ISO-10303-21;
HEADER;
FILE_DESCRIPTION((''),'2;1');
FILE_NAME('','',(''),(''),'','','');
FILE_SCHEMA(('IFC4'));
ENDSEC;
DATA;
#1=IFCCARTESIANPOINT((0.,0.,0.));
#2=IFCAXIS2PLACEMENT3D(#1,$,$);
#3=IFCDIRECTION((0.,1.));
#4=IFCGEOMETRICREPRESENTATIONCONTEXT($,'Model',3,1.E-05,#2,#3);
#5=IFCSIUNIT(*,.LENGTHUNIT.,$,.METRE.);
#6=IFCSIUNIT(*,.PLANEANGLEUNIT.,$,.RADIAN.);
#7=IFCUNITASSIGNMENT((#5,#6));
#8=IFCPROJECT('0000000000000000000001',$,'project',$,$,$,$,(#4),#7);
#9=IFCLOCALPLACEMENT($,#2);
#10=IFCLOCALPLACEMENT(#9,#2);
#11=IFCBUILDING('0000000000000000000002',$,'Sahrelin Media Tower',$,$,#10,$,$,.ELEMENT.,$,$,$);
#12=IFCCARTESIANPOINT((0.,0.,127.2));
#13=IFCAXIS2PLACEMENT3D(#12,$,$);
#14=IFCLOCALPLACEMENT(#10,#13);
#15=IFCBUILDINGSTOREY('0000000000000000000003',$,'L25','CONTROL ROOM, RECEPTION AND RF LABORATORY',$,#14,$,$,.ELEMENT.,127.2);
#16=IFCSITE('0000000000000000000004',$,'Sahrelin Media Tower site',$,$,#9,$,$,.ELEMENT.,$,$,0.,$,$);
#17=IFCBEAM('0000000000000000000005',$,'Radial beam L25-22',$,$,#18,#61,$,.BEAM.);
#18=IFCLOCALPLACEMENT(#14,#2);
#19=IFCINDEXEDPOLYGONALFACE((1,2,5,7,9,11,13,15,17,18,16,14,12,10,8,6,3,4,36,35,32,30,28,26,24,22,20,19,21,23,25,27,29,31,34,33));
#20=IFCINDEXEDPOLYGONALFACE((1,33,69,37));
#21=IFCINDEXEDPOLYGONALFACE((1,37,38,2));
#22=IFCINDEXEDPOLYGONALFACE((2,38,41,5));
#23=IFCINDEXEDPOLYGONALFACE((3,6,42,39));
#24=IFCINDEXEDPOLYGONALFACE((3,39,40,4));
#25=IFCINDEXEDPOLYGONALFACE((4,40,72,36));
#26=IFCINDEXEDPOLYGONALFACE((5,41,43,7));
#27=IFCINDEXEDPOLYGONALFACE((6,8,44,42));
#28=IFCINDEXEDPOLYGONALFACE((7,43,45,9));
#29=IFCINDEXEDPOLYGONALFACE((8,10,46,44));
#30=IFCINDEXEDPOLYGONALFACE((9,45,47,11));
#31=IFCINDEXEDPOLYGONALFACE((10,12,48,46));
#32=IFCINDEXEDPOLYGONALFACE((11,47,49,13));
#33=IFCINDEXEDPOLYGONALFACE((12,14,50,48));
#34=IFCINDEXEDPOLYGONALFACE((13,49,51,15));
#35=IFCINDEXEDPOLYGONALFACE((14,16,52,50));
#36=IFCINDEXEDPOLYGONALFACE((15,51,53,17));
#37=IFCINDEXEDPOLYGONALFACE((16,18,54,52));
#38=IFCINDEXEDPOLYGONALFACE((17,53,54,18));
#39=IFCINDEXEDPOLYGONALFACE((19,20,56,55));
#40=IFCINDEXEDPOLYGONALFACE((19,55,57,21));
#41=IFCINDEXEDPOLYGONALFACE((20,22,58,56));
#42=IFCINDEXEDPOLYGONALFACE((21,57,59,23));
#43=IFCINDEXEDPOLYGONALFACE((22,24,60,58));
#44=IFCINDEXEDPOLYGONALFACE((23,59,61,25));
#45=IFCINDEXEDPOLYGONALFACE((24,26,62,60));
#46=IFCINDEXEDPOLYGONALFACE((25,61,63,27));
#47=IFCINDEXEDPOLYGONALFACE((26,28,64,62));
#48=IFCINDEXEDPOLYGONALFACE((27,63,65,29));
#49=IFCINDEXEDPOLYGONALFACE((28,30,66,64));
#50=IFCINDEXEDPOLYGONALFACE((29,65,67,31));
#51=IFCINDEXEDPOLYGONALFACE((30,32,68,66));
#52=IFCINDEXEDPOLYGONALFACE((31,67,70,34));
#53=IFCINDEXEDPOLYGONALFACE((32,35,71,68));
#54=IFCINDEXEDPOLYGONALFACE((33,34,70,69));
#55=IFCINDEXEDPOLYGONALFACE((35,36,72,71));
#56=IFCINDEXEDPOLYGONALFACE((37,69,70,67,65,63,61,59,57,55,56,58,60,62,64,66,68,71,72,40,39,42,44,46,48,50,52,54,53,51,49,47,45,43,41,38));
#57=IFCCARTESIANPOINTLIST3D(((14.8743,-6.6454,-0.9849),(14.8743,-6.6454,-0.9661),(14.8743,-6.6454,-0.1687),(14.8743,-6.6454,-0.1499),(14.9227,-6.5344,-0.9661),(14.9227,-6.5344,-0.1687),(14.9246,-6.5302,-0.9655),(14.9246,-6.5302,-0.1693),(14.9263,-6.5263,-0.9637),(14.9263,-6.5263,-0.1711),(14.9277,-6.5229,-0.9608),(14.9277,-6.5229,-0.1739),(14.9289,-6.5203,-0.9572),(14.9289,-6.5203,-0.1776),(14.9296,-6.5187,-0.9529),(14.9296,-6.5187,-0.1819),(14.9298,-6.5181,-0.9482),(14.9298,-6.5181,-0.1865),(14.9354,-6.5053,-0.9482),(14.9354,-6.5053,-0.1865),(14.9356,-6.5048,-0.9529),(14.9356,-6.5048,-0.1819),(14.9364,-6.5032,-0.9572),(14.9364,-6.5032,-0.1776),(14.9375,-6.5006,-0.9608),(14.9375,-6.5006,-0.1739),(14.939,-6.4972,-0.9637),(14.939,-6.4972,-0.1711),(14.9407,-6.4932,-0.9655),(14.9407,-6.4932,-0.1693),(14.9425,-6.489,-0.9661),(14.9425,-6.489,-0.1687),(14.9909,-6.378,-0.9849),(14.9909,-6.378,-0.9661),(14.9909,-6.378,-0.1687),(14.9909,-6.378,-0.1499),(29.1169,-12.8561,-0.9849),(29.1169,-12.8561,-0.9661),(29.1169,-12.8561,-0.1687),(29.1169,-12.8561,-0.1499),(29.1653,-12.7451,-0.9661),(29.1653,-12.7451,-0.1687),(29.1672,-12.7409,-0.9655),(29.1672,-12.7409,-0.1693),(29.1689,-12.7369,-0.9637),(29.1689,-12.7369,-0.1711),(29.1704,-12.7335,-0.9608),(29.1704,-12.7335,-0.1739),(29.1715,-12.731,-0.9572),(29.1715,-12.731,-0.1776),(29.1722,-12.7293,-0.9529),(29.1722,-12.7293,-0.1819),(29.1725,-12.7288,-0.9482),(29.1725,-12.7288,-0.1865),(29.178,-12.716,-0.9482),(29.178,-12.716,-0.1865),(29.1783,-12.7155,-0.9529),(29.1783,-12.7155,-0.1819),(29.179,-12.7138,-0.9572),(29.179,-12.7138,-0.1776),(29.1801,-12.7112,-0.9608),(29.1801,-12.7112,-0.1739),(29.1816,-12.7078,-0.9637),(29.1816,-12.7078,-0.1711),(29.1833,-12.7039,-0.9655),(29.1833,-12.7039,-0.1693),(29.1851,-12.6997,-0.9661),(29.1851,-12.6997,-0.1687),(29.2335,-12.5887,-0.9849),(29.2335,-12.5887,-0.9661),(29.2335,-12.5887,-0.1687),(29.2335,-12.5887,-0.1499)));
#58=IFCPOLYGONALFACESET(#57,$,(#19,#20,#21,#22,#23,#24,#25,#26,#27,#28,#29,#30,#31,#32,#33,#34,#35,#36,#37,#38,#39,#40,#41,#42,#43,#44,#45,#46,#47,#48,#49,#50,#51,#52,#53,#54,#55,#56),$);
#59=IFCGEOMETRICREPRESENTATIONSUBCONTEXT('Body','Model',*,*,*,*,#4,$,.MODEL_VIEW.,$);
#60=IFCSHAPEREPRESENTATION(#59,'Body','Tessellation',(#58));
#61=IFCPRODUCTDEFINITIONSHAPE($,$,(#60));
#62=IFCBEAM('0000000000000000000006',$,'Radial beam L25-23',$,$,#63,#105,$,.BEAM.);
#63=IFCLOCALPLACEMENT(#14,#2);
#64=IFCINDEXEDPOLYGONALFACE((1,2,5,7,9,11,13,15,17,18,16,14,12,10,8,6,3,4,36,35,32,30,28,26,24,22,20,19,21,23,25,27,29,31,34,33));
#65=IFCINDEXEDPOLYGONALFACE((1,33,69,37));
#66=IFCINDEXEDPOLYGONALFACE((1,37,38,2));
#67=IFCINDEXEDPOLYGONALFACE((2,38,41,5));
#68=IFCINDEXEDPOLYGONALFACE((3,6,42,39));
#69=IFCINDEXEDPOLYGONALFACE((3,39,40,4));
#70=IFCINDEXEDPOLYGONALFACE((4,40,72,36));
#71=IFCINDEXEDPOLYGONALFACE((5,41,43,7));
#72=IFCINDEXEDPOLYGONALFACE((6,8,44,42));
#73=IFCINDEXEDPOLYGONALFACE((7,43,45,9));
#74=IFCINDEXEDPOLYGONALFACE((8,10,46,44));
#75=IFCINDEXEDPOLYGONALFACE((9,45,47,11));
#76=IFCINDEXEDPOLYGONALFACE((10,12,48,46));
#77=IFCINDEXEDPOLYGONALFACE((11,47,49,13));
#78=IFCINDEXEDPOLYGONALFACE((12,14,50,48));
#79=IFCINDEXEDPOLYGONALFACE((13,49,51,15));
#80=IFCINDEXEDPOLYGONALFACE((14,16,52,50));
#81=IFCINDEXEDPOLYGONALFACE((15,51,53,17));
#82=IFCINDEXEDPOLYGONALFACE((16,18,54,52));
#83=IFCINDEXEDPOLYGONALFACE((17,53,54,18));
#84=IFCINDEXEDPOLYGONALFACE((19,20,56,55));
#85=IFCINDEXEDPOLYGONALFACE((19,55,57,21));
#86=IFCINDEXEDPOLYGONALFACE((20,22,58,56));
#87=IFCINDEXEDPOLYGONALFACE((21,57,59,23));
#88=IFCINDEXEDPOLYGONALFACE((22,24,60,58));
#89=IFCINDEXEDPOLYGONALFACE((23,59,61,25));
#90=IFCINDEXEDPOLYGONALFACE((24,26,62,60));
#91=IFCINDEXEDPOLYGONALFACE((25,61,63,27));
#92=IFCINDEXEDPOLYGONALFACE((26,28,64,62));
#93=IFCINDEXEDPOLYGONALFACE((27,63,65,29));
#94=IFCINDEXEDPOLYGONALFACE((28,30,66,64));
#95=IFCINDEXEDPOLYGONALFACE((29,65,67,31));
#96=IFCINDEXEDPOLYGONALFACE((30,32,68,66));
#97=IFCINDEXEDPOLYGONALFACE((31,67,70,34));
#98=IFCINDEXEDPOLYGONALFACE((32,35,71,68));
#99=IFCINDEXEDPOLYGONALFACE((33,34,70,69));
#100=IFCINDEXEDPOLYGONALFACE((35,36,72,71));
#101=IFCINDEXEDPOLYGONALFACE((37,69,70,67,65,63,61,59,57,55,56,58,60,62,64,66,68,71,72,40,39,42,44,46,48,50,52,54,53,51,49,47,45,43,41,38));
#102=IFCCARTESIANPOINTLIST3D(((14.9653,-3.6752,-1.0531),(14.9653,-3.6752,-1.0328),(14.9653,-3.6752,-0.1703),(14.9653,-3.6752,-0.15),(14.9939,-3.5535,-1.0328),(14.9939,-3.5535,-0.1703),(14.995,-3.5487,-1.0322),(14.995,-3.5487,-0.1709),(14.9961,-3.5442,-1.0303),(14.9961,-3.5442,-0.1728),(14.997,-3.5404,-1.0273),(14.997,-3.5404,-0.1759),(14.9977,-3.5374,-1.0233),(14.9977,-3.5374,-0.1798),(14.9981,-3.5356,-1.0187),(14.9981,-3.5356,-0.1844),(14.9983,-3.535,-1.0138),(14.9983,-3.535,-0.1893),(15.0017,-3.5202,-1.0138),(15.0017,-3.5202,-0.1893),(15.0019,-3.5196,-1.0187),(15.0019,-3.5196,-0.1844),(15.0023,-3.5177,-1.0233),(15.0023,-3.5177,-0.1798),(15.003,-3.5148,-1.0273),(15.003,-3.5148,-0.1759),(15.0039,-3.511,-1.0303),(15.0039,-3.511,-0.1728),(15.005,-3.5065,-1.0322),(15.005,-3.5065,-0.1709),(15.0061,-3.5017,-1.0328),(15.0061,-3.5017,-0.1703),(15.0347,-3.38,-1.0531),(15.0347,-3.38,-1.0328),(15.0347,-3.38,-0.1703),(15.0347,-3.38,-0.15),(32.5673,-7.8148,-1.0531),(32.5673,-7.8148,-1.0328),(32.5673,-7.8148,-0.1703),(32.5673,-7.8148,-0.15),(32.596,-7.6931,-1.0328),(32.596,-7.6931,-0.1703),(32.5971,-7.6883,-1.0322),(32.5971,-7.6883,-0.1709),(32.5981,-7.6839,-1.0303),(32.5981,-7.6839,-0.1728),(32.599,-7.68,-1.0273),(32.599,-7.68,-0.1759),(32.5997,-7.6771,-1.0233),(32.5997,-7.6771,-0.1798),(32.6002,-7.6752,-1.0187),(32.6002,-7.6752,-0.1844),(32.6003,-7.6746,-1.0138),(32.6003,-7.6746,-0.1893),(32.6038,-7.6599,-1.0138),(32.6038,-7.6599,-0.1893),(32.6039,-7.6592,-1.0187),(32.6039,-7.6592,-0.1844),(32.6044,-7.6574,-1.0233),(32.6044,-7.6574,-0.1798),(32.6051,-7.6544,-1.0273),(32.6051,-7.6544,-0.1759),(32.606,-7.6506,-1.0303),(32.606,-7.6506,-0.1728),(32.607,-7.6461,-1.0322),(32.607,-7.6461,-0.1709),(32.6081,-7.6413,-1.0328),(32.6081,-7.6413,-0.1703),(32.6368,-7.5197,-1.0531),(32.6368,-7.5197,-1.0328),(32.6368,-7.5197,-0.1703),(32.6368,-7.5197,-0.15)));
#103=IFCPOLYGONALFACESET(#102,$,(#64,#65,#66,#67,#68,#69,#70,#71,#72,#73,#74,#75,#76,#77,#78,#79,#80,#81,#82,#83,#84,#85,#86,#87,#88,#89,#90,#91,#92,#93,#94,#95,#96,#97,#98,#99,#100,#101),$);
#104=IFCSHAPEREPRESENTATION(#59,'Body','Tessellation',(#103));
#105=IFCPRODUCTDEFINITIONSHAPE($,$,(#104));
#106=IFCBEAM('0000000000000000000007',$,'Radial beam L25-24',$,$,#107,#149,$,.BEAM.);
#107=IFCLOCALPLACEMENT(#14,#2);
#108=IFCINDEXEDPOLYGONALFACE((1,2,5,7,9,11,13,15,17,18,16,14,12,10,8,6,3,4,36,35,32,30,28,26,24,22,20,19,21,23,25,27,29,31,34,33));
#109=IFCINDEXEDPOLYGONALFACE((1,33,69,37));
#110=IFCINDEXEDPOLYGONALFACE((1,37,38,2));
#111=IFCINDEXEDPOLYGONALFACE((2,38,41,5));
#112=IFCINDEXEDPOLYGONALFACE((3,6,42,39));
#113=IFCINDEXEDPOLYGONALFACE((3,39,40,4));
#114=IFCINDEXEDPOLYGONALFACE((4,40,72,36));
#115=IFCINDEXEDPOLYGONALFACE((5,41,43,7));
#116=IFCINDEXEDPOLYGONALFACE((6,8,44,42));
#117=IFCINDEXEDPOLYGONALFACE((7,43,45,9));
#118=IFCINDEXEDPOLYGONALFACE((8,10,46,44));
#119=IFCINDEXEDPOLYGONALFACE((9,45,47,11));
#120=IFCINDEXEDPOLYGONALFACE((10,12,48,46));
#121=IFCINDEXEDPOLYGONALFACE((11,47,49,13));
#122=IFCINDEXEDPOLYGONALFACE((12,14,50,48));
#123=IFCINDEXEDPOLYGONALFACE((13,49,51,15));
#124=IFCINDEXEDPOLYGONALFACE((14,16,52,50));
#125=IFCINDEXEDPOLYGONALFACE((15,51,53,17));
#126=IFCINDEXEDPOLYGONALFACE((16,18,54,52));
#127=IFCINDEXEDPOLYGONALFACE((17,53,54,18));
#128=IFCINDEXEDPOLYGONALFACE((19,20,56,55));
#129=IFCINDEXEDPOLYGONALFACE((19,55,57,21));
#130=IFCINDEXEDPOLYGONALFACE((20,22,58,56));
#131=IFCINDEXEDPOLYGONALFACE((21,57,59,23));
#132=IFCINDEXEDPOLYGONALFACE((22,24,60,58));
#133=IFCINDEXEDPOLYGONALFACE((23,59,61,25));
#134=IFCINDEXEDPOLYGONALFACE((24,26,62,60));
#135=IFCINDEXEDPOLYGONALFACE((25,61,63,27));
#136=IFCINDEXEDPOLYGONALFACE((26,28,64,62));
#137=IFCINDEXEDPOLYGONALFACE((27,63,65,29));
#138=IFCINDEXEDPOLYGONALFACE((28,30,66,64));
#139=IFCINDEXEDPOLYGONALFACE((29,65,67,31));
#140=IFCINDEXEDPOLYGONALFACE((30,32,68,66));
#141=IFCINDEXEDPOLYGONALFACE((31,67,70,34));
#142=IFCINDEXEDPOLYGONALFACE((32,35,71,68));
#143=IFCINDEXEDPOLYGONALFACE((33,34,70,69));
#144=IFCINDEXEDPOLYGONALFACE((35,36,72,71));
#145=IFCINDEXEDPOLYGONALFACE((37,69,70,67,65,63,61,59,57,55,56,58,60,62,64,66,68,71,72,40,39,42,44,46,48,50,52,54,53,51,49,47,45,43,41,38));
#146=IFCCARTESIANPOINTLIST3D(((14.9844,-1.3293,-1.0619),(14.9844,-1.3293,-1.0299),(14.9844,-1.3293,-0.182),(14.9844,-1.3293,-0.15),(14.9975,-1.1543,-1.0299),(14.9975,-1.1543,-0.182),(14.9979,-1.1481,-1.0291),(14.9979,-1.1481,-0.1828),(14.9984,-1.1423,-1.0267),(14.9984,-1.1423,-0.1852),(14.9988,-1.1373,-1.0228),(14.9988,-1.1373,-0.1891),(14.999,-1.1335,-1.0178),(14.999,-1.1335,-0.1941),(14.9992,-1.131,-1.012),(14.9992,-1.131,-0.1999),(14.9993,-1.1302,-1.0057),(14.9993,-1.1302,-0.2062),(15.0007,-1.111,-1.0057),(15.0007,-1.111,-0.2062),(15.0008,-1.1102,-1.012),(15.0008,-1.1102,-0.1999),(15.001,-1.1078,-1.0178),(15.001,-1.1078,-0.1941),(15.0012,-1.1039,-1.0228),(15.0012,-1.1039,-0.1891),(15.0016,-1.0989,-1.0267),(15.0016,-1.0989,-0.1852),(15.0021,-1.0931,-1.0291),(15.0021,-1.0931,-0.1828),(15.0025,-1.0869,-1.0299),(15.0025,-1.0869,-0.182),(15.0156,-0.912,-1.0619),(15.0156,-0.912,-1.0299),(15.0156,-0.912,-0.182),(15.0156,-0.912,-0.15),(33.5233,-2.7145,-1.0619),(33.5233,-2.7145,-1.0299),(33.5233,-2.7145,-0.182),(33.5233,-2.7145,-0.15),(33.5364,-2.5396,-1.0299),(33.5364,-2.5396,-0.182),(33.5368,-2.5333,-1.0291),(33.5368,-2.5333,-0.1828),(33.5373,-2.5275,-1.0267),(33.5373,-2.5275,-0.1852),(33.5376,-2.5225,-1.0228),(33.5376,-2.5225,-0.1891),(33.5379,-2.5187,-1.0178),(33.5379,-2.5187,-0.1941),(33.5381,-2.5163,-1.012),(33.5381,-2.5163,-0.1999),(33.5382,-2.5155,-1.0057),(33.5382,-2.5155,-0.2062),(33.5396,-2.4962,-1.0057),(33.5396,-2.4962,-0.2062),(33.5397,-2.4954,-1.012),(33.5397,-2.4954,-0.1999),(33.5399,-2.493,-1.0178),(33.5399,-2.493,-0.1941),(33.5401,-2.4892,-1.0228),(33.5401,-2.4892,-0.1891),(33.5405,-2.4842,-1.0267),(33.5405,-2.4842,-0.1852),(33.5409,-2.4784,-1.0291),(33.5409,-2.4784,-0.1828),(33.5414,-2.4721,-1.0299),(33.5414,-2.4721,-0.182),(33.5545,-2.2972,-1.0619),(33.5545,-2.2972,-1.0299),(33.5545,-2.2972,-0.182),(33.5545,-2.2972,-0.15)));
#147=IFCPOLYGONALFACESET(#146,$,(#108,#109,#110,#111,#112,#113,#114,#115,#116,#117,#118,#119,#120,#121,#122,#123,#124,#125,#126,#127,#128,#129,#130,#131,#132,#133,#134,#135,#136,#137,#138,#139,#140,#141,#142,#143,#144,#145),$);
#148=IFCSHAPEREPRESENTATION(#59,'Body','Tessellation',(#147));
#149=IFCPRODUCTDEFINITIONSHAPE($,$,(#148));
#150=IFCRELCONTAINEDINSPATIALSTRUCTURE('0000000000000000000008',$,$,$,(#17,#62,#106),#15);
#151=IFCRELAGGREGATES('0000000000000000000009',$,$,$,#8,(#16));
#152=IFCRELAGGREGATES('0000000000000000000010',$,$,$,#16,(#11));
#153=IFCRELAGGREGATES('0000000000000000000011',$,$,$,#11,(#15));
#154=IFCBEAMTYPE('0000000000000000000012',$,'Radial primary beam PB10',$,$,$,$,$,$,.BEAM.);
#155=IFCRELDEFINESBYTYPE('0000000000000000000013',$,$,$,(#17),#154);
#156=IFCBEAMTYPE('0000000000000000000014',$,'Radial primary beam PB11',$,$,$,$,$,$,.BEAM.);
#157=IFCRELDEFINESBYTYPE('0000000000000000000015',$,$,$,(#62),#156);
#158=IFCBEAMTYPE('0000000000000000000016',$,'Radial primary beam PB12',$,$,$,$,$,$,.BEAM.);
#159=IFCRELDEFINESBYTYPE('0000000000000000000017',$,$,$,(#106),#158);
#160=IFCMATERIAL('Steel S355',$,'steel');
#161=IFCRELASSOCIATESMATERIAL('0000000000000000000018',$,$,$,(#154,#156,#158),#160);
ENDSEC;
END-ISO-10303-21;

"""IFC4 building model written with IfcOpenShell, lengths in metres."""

from ifc_helpers import new_model, si_unit, direction, frame, origin, origin_2d, place, context, subcontext, project, spatial, i_section, extrude, material, material_profile, profile_set, type_object, element, save


model = new_model("IFC4")

# Units and contexts
model_context = context("Model", 3, precision=1e-05, world=origin(), true_north=direction((0.0, 1.0)))
body_context = subcontext(model_context, "Body", "Model", "MODEL_VIEW")
ifc_project = project(units=[si_unit("LENGTHUNIT", "METRE"), si_unit("PLANEANGLEUNIT", "RADIAN")], contexts=[model_context])

# Site, building, storey
site_placement = place(None, origin())
site = spatial("IfcSite", under=ifc_project, at=site_placement, Name="Sahrelin Media Tower site", CompositionType="ELEMENT", RefElevation=0.0)
building_placement = place(site_placement, origin())
building = spatial("IfcBuilding", under=site, at=building_placement, Name="Sahrelin Media Tower", CompositionType="ELEMENT")
storey_placement = place(building_placement, frame((0.0, 0.0, 127.2)))
storey = spatial("IfcBuildingStorey", under=building, at=storey_placement, Name="L25", Description="CONTROL ROOM, RECEPTION AND RF LABORATORY", CompositionType="ELEMENT", Elevation=127.2)

# Beams
ifc_material_1 = material(Name="Steel S355", Category="steel")
ifc_material_profile_1 = material_profile(ifc_material_1, i_section(OverallWidth=0.2917, OverallDepth=0.835, WebThickness=0.0139, FlangeThickness=0.0188, FilletRadius=0.0178, at=origin_2d()), Name="UB 838x292x176")
ifc_profile_set_1 = profile_set([ifc_material_profile_1], Name="Steel S355")
beam_type_1 = type_object("IfcBeamType", Name="Radial primary beam PB10", PredefinedType="BEAM", material=ifc_profile_set_1)
beam_1_placement = place(storey_placement, frame((14.9326, -6.5117, -0.5674), z_axis=(0.916641, -0.399712, 0.0), x_axis=(0.399712, 0.916641, 0.0)))
element("IfcBeam", 1, at=beam_1_placement, inside=storey, type_object=beam_type_1, Name="Radial beam L25-22", PredefinedType="BEAM", context=body_context, shape_type="SweptSolid", body=[
    extrude(i_section(OverallWidth=0.2917, OverallDepth=0.835, WebThickness=0.0139, FlangeThickness=0.0188, FilletRadius=0.0178, at=origin_2d()), origin(), (0.0, 0.0, 1.0), 15.5378),
])
ifc_material_profile_2 = material_profile(ifc_material_1, i_section(OverallWidth=0.3032, OverallDepth=0.9031, WebThickness=0.0151, FlangeThickness=0.0203, FilletRadius=0.019, at=origin_2d()), Name="UB 914x305x201")
ifc_profile_set_2 = profile_set([ifc_material_profile_2], Name="Steel S355")
beam_type_2 = type_object("IfcBeamType", Name="Radial primary beam PB11", PredefinedType="BEAM", material=ifc_profile_set_2)
beam_2_placement = place(storey_placement, frame((15.0, -3.5276, -0.6016), z_axis=(0.973442, -0.228934, 0.0), x_axis=(0.228934, 0.973442, 0.0)))
element("IfcBeam", 2, at=beam_2_placement, inside=storey, type_object=beam_type_2, Name="Radial beam L25-23", PredefinedType="BEAM", context=body_context, shape_type="SweptSolid", body=[
    extrude(i_section(OverallWidth=0.3032, OverallDepth=0.9031, WebThickness=0.0151, FlangeThickness=0.0203, FilletRadius=0.019, at=origin_2d()), origin(), (0.0, 0.0, 1.0), 18.0823),
])
ifc_material_profile_3 = material_profile(ifc_material_1, i_section(OverallWidth=0.4185, OverallDepth=0.9119, WebThickness=0.0193, FlangeThickness=0.032, FilletRadius=0.0242, at=origin_2d()), Name="UB 914x419x343")
ifc_profile_set_3 = profile_set([ifc_material_profile_3], Name="Steel S355")
beam_type_3 = type_object("IfcBeamType", Name="Radial primary beam PB12", PredefinedType="BEAM", material=ifc_profile_set_3)
beam_3_placement = place(storey_placement, frame((15.0, -1.1206, -0.606), z_axis=(0.99722, -0.074514, 0.0), x_axis=(0.074514, 0.99722, 0.0)))
element("IfcBeam", 3, at=beam_3_placement, inside=storey, type_object=beam_type_3, Name="Radial beam L25-24", PredefinedType="BEAM", context=body_context, shape_type="SweptSolid", body=[
    extrude(i_section(OverallWidth=0.4185, OverallDepth=0.9119, WebThickness=0.0193, FlangeThickness=0.032, FilletRadius=0.0242, at=origin_2d()), origin(), (0.0, 0.0, 1.0), 18.5906),
])

save(model, "model.ifc")
